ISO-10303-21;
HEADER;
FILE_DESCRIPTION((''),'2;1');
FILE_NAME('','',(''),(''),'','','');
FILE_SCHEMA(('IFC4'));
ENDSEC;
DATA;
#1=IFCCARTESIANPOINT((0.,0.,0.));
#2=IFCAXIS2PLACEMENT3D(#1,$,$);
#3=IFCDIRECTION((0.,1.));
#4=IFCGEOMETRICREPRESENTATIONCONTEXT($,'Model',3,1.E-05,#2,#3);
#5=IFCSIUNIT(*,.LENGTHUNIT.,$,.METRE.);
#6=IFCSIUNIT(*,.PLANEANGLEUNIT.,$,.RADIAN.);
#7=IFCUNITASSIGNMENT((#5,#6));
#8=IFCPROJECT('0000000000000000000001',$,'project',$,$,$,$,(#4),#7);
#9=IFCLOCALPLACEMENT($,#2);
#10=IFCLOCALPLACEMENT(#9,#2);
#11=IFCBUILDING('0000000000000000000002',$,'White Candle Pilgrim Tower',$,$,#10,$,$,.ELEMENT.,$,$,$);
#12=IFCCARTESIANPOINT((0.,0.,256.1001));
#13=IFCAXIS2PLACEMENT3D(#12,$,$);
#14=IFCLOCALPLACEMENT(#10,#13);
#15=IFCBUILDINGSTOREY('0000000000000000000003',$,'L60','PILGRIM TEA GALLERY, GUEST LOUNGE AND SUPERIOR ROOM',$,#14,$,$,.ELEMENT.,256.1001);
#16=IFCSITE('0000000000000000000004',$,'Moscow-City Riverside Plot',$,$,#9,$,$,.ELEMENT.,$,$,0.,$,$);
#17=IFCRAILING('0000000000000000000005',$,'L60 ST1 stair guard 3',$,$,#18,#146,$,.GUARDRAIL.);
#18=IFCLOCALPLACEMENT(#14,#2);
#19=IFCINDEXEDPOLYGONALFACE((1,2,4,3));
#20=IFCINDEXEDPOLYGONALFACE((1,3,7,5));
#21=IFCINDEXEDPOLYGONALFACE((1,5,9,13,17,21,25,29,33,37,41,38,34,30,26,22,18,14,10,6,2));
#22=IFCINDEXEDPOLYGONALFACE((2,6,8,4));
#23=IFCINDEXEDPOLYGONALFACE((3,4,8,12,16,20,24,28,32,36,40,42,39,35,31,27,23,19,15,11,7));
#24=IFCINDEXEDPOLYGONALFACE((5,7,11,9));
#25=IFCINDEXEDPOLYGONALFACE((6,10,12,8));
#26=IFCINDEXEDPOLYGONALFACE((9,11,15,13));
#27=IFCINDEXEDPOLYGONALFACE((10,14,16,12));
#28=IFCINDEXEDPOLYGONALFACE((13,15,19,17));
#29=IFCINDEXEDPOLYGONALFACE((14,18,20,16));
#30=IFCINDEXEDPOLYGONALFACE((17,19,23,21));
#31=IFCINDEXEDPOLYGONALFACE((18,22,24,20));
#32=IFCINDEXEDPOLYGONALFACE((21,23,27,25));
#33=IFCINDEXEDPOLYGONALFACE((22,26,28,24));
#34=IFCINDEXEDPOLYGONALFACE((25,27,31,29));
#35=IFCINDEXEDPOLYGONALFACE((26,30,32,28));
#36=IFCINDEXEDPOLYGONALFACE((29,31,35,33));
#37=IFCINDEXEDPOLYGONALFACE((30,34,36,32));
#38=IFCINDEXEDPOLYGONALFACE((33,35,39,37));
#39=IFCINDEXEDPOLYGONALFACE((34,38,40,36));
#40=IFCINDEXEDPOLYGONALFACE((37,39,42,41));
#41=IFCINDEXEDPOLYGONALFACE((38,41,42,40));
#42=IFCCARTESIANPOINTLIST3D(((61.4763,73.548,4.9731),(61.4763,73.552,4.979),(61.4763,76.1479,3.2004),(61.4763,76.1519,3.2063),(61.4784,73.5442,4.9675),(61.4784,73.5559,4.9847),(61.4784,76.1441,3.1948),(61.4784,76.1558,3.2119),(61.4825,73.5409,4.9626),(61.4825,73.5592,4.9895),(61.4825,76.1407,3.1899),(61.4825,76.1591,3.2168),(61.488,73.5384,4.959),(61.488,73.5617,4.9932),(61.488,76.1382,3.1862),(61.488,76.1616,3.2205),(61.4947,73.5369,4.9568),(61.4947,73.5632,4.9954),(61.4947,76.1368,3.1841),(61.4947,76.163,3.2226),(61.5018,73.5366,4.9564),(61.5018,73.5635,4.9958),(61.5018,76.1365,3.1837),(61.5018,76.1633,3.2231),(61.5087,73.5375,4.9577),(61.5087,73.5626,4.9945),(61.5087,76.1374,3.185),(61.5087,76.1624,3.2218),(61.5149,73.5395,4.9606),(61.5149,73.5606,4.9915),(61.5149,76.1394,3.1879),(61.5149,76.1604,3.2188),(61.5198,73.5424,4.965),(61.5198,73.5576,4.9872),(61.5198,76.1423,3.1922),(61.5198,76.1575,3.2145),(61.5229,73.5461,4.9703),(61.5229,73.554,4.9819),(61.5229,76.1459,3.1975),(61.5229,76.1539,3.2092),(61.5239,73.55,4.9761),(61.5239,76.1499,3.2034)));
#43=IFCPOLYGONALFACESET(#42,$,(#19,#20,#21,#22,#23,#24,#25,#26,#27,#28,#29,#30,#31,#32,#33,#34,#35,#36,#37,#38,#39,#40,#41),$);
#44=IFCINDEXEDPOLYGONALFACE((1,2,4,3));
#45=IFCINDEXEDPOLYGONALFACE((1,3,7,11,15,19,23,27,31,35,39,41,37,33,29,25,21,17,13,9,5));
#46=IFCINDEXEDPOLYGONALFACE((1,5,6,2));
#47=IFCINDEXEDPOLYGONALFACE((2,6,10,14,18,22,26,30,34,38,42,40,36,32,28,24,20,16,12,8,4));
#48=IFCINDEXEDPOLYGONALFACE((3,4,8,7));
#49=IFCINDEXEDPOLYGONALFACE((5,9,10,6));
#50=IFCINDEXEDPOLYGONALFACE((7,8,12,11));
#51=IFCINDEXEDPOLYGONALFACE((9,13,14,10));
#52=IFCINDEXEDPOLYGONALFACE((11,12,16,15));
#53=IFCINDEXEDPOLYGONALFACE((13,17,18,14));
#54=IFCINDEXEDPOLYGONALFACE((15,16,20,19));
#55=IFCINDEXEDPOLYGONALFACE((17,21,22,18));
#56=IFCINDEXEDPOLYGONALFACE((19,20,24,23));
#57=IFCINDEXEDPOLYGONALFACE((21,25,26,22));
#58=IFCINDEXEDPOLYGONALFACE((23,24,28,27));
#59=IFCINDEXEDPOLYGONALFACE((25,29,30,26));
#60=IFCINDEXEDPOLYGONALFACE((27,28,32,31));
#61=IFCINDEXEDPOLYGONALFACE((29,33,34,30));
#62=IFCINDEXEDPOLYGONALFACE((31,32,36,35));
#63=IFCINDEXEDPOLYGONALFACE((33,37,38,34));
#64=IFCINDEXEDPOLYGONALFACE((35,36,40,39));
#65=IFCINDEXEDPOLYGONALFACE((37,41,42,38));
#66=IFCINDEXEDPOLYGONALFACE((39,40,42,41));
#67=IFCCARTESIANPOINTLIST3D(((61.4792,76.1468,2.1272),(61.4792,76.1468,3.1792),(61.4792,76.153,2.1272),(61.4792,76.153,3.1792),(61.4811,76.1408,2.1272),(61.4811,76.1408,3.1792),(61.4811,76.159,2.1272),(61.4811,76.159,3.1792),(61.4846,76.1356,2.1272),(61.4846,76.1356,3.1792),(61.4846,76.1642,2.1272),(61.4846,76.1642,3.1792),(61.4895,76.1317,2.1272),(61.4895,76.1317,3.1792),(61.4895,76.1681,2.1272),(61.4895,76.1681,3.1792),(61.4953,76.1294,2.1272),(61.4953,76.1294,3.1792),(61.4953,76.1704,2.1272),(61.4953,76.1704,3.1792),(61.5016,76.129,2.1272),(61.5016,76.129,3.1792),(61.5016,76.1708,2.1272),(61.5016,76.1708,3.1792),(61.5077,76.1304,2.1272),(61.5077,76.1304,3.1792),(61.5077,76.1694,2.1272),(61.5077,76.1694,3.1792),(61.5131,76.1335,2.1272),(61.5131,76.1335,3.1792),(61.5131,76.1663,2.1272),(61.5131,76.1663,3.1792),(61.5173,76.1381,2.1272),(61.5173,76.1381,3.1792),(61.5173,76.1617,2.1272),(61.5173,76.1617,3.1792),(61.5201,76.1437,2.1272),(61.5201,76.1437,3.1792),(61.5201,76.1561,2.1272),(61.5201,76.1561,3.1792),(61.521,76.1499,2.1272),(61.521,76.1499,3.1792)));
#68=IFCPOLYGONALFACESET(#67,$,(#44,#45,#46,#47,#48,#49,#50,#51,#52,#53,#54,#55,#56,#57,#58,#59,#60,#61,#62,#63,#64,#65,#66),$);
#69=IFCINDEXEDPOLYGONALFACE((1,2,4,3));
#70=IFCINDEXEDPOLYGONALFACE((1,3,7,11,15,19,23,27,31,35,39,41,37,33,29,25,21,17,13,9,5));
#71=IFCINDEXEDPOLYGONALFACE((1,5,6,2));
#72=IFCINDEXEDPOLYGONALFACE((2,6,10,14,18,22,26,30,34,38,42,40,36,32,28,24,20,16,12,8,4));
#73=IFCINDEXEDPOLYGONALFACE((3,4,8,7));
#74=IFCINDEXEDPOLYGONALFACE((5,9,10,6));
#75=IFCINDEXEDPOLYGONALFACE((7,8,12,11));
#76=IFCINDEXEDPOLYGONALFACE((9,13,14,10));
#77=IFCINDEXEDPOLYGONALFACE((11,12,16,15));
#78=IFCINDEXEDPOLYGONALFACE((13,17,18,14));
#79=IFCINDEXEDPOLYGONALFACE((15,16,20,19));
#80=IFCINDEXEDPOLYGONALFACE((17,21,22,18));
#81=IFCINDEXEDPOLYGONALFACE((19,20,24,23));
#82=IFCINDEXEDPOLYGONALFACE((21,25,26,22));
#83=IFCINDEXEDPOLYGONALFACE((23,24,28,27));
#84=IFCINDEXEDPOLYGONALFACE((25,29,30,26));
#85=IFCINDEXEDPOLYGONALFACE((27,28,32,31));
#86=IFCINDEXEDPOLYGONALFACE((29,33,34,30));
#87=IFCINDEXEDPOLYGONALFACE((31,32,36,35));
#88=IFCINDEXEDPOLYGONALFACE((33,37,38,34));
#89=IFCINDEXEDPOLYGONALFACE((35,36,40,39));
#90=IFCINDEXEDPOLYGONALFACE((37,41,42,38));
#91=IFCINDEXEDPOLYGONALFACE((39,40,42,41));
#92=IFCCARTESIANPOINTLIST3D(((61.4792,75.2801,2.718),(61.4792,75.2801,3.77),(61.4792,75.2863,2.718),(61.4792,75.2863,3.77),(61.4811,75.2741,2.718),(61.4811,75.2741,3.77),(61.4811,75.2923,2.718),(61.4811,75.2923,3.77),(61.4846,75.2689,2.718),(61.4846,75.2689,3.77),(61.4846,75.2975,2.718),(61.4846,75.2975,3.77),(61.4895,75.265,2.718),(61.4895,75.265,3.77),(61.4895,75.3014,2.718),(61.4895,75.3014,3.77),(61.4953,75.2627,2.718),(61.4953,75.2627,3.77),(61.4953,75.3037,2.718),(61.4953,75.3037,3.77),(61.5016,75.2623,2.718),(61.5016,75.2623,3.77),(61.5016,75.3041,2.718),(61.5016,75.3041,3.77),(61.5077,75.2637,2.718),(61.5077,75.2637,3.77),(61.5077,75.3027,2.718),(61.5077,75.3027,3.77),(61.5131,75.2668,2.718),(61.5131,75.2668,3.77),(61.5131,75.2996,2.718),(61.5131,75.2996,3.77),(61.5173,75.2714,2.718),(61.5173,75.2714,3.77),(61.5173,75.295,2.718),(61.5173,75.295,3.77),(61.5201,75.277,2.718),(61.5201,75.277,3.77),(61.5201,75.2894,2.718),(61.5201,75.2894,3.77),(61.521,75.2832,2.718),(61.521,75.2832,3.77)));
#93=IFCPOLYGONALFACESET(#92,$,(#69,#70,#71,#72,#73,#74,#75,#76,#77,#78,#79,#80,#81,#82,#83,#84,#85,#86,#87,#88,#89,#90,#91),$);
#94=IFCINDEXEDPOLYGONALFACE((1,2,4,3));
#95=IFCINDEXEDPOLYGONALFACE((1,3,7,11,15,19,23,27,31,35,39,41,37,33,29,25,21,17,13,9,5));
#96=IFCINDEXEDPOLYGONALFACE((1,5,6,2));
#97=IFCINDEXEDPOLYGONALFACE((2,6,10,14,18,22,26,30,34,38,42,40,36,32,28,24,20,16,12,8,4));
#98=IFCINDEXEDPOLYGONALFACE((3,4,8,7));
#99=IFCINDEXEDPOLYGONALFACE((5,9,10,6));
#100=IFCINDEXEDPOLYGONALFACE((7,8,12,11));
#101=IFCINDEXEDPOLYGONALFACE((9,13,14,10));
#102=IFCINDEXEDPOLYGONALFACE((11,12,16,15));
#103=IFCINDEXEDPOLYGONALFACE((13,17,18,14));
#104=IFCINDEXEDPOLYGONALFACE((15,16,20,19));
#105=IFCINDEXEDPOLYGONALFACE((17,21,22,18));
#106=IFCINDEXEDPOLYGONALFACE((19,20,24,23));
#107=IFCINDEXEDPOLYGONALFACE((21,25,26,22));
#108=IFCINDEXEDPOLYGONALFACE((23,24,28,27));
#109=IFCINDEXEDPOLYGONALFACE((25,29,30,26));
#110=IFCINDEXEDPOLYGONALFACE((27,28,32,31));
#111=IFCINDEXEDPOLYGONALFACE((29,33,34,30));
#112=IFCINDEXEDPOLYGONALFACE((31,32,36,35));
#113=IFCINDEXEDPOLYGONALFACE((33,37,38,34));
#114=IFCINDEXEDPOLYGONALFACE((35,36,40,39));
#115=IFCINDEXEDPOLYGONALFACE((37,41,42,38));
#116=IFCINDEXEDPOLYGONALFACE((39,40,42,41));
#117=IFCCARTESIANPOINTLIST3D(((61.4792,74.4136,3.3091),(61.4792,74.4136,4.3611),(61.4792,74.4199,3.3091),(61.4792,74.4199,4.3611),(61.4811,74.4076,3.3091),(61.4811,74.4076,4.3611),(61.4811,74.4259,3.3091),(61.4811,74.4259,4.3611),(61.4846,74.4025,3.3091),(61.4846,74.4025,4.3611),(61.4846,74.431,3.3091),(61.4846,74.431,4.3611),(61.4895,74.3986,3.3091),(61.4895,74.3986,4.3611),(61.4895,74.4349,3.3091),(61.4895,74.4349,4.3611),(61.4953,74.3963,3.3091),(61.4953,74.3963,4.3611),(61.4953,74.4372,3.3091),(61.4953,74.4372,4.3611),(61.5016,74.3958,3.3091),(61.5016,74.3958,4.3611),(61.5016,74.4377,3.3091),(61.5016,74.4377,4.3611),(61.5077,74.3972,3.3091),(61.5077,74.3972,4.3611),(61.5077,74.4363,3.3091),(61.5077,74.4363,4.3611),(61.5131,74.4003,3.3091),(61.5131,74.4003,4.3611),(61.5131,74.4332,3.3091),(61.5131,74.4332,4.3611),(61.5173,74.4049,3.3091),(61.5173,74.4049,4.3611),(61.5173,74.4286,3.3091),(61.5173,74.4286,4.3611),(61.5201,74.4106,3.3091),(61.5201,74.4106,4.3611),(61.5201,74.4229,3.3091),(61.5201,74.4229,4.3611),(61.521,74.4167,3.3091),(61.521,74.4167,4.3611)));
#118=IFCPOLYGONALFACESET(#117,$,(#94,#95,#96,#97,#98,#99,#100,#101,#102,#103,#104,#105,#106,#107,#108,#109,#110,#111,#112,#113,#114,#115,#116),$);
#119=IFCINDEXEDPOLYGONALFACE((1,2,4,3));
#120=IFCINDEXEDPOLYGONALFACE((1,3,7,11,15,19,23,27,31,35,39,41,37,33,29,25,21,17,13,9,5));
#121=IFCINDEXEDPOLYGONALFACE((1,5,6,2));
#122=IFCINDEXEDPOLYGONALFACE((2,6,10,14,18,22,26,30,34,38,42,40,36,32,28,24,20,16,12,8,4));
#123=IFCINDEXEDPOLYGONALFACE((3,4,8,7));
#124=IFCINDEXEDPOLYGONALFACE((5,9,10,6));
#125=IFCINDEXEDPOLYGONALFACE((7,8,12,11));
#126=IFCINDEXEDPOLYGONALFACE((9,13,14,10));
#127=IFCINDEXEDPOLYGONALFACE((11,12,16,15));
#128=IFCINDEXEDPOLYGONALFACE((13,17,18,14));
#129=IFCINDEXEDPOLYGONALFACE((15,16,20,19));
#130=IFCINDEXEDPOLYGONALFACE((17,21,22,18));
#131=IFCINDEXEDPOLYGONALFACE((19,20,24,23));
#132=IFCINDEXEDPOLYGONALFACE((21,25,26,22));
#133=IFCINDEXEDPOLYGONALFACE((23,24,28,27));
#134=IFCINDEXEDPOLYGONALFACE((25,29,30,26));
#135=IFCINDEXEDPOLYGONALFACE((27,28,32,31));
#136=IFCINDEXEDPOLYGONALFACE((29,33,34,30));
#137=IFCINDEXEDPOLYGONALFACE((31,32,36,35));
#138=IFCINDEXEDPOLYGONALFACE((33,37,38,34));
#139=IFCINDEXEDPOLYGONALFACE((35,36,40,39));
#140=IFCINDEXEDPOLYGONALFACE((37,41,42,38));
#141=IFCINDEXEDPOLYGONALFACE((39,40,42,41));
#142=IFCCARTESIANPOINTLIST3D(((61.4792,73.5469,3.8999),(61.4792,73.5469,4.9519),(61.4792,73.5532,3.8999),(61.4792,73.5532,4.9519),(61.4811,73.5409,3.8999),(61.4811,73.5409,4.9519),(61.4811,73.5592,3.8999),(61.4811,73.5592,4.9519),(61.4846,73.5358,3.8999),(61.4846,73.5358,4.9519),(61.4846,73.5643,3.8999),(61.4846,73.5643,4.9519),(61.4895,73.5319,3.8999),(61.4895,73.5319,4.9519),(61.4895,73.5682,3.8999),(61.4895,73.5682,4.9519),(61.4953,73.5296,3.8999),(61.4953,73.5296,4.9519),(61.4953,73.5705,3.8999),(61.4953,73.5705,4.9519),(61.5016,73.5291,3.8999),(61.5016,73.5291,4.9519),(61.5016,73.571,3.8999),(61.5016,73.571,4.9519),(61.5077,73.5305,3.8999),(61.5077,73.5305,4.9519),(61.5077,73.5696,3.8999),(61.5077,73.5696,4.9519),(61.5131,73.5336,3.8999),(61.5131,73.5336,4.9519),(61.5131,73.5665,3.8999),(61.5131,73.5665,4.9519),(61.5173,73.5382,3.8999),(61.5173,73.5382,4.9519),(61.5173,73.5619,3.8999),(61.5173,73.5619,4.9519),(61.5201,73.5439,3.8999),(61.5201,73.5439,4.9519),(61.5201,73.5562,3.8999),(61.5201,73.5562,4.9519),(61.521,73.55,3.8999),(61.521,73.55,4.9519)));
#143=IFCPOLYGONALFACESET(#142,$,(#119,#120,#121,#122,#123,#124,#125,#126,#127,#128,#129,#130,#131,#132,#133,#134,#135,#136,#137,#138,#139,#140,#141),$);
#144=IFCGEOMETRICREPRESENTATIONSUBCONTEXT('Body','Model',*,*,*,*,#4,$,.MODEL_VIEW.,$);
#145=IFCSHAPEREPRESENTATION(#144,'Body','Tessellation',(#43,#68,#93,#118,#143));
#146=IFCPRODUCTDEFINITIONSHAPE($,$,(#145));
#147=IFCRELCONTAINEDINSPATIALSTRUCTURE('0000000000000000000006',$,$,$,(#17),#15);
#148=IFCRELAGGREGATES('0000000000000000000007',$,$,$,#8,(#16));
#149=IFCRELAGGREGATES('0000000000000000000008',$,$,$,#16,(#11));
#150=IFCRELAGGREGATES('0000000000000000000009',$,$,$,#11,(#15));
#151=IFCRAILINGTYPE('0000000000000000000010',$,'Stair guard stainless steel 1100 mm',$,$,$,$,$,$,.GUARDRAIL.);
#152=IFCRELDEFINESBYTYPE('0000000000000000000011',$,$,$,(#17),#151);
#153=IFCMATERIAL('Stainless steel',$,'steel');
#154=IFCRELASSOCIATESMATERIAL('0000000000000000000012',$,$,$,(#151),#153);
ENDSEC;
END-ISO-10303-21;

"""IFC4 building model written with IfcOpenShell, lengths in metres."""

from ifc_helpers import new_model, si_unit, direction, frame, origin, origin_2d, place, context, subcontext, project, spatial, circle, extrude, material, type_object, element, save


model = new_model("IFC4")

# Units and contexts
model_context = context("Model", 3, precision=1e-05, world=origin(), true_north=direction((0.0, 1.0)))
body_context = subcontext(model_context, "Body", "Model", "MODEL_VIEW")
ifc_project = project(units=[si_unit("LENGTHUNIT", "METRE"), si_unit("PLANEANGLEUNIT", "RADIAN")], contexts=[model_context])

# Site, building, storey
site_placement = place(None, origin())
site = spatial("IfcSite", under=ifc_project, at=site_placement, Name="Moscow-City Riverside Plot", CompositionType="ELEMENT", RefElevation=0.0)
building_placement = place(site_placement, origin())
building = spatial("IfcBuilding", under=site, at=building_placement, Name="White Candle Pilgrim Tower", CompositionType="ELEMENT")
storey_placement = place(building_placement, frame((0.0, 0.0, 256.1001)))
storey = spatial("IfcBuildingStorey", under=building, at=storey_placement, Name="L60", Description="PILGRIM TEA GALLERY, GUEST LOUNGE AND SUPERIOR ROOM", CompositionType="ELEMENT", Elevation=256.1001)

# Shared definitions
ifc_material_1 = material(Name="Stainless steel", Category="steel")

# Railing
railing_type_1 = type_object("IfcRailingType", Name="Stair guard stainless steel 1100 mm", PredefinedType="GUARDRAIL", material=ifc_material_1)
railing_1_placement = place(storey_placement, frame((61.5, 76.1499, 2.1272)))
element("IfcRailing", 1, at=railing_1_placement, inside=storey, type_object=railing_type_1, Name="L60 ST1 stair guard 3", PredefinedType="GUARDRAIL", context=body_context, shape_type="SweptSolid", body=[
    extrude(circle(Radius=0.0239, at=origin_2d()), frame((0.0, 0.0, 1.0762), z_axis=(0.0, -0.826216, 0.563354), x_axis=(1.0, 0.0, 0.0)), (0.0, 0.0, 1.0), 3.1467),
    extrude(circle(Radius=0.021, at=origin_2d()), origin(), (0.0, 0.0, 1.0), 1.052),
    extrude(circle(Radius=0.021, at=origin_2d()), frame((0.0, -0.8667, 0.5908)), (0.0, 0.0, 1.0), 1.052),
    extrude(circle(Radius=0.021, at=origin_2d()), frame((0.0, -1.7332, 1.1819)), (0.0, 0.0, 1.0), 1.052),
    extrude(circle(Radius=0.021, at=origin_2d()), frame((0.0, -2.5999, 1.7727)), (0.0, 0.0, 1.0), 1.052),
])

save(model, "model.ifc")
